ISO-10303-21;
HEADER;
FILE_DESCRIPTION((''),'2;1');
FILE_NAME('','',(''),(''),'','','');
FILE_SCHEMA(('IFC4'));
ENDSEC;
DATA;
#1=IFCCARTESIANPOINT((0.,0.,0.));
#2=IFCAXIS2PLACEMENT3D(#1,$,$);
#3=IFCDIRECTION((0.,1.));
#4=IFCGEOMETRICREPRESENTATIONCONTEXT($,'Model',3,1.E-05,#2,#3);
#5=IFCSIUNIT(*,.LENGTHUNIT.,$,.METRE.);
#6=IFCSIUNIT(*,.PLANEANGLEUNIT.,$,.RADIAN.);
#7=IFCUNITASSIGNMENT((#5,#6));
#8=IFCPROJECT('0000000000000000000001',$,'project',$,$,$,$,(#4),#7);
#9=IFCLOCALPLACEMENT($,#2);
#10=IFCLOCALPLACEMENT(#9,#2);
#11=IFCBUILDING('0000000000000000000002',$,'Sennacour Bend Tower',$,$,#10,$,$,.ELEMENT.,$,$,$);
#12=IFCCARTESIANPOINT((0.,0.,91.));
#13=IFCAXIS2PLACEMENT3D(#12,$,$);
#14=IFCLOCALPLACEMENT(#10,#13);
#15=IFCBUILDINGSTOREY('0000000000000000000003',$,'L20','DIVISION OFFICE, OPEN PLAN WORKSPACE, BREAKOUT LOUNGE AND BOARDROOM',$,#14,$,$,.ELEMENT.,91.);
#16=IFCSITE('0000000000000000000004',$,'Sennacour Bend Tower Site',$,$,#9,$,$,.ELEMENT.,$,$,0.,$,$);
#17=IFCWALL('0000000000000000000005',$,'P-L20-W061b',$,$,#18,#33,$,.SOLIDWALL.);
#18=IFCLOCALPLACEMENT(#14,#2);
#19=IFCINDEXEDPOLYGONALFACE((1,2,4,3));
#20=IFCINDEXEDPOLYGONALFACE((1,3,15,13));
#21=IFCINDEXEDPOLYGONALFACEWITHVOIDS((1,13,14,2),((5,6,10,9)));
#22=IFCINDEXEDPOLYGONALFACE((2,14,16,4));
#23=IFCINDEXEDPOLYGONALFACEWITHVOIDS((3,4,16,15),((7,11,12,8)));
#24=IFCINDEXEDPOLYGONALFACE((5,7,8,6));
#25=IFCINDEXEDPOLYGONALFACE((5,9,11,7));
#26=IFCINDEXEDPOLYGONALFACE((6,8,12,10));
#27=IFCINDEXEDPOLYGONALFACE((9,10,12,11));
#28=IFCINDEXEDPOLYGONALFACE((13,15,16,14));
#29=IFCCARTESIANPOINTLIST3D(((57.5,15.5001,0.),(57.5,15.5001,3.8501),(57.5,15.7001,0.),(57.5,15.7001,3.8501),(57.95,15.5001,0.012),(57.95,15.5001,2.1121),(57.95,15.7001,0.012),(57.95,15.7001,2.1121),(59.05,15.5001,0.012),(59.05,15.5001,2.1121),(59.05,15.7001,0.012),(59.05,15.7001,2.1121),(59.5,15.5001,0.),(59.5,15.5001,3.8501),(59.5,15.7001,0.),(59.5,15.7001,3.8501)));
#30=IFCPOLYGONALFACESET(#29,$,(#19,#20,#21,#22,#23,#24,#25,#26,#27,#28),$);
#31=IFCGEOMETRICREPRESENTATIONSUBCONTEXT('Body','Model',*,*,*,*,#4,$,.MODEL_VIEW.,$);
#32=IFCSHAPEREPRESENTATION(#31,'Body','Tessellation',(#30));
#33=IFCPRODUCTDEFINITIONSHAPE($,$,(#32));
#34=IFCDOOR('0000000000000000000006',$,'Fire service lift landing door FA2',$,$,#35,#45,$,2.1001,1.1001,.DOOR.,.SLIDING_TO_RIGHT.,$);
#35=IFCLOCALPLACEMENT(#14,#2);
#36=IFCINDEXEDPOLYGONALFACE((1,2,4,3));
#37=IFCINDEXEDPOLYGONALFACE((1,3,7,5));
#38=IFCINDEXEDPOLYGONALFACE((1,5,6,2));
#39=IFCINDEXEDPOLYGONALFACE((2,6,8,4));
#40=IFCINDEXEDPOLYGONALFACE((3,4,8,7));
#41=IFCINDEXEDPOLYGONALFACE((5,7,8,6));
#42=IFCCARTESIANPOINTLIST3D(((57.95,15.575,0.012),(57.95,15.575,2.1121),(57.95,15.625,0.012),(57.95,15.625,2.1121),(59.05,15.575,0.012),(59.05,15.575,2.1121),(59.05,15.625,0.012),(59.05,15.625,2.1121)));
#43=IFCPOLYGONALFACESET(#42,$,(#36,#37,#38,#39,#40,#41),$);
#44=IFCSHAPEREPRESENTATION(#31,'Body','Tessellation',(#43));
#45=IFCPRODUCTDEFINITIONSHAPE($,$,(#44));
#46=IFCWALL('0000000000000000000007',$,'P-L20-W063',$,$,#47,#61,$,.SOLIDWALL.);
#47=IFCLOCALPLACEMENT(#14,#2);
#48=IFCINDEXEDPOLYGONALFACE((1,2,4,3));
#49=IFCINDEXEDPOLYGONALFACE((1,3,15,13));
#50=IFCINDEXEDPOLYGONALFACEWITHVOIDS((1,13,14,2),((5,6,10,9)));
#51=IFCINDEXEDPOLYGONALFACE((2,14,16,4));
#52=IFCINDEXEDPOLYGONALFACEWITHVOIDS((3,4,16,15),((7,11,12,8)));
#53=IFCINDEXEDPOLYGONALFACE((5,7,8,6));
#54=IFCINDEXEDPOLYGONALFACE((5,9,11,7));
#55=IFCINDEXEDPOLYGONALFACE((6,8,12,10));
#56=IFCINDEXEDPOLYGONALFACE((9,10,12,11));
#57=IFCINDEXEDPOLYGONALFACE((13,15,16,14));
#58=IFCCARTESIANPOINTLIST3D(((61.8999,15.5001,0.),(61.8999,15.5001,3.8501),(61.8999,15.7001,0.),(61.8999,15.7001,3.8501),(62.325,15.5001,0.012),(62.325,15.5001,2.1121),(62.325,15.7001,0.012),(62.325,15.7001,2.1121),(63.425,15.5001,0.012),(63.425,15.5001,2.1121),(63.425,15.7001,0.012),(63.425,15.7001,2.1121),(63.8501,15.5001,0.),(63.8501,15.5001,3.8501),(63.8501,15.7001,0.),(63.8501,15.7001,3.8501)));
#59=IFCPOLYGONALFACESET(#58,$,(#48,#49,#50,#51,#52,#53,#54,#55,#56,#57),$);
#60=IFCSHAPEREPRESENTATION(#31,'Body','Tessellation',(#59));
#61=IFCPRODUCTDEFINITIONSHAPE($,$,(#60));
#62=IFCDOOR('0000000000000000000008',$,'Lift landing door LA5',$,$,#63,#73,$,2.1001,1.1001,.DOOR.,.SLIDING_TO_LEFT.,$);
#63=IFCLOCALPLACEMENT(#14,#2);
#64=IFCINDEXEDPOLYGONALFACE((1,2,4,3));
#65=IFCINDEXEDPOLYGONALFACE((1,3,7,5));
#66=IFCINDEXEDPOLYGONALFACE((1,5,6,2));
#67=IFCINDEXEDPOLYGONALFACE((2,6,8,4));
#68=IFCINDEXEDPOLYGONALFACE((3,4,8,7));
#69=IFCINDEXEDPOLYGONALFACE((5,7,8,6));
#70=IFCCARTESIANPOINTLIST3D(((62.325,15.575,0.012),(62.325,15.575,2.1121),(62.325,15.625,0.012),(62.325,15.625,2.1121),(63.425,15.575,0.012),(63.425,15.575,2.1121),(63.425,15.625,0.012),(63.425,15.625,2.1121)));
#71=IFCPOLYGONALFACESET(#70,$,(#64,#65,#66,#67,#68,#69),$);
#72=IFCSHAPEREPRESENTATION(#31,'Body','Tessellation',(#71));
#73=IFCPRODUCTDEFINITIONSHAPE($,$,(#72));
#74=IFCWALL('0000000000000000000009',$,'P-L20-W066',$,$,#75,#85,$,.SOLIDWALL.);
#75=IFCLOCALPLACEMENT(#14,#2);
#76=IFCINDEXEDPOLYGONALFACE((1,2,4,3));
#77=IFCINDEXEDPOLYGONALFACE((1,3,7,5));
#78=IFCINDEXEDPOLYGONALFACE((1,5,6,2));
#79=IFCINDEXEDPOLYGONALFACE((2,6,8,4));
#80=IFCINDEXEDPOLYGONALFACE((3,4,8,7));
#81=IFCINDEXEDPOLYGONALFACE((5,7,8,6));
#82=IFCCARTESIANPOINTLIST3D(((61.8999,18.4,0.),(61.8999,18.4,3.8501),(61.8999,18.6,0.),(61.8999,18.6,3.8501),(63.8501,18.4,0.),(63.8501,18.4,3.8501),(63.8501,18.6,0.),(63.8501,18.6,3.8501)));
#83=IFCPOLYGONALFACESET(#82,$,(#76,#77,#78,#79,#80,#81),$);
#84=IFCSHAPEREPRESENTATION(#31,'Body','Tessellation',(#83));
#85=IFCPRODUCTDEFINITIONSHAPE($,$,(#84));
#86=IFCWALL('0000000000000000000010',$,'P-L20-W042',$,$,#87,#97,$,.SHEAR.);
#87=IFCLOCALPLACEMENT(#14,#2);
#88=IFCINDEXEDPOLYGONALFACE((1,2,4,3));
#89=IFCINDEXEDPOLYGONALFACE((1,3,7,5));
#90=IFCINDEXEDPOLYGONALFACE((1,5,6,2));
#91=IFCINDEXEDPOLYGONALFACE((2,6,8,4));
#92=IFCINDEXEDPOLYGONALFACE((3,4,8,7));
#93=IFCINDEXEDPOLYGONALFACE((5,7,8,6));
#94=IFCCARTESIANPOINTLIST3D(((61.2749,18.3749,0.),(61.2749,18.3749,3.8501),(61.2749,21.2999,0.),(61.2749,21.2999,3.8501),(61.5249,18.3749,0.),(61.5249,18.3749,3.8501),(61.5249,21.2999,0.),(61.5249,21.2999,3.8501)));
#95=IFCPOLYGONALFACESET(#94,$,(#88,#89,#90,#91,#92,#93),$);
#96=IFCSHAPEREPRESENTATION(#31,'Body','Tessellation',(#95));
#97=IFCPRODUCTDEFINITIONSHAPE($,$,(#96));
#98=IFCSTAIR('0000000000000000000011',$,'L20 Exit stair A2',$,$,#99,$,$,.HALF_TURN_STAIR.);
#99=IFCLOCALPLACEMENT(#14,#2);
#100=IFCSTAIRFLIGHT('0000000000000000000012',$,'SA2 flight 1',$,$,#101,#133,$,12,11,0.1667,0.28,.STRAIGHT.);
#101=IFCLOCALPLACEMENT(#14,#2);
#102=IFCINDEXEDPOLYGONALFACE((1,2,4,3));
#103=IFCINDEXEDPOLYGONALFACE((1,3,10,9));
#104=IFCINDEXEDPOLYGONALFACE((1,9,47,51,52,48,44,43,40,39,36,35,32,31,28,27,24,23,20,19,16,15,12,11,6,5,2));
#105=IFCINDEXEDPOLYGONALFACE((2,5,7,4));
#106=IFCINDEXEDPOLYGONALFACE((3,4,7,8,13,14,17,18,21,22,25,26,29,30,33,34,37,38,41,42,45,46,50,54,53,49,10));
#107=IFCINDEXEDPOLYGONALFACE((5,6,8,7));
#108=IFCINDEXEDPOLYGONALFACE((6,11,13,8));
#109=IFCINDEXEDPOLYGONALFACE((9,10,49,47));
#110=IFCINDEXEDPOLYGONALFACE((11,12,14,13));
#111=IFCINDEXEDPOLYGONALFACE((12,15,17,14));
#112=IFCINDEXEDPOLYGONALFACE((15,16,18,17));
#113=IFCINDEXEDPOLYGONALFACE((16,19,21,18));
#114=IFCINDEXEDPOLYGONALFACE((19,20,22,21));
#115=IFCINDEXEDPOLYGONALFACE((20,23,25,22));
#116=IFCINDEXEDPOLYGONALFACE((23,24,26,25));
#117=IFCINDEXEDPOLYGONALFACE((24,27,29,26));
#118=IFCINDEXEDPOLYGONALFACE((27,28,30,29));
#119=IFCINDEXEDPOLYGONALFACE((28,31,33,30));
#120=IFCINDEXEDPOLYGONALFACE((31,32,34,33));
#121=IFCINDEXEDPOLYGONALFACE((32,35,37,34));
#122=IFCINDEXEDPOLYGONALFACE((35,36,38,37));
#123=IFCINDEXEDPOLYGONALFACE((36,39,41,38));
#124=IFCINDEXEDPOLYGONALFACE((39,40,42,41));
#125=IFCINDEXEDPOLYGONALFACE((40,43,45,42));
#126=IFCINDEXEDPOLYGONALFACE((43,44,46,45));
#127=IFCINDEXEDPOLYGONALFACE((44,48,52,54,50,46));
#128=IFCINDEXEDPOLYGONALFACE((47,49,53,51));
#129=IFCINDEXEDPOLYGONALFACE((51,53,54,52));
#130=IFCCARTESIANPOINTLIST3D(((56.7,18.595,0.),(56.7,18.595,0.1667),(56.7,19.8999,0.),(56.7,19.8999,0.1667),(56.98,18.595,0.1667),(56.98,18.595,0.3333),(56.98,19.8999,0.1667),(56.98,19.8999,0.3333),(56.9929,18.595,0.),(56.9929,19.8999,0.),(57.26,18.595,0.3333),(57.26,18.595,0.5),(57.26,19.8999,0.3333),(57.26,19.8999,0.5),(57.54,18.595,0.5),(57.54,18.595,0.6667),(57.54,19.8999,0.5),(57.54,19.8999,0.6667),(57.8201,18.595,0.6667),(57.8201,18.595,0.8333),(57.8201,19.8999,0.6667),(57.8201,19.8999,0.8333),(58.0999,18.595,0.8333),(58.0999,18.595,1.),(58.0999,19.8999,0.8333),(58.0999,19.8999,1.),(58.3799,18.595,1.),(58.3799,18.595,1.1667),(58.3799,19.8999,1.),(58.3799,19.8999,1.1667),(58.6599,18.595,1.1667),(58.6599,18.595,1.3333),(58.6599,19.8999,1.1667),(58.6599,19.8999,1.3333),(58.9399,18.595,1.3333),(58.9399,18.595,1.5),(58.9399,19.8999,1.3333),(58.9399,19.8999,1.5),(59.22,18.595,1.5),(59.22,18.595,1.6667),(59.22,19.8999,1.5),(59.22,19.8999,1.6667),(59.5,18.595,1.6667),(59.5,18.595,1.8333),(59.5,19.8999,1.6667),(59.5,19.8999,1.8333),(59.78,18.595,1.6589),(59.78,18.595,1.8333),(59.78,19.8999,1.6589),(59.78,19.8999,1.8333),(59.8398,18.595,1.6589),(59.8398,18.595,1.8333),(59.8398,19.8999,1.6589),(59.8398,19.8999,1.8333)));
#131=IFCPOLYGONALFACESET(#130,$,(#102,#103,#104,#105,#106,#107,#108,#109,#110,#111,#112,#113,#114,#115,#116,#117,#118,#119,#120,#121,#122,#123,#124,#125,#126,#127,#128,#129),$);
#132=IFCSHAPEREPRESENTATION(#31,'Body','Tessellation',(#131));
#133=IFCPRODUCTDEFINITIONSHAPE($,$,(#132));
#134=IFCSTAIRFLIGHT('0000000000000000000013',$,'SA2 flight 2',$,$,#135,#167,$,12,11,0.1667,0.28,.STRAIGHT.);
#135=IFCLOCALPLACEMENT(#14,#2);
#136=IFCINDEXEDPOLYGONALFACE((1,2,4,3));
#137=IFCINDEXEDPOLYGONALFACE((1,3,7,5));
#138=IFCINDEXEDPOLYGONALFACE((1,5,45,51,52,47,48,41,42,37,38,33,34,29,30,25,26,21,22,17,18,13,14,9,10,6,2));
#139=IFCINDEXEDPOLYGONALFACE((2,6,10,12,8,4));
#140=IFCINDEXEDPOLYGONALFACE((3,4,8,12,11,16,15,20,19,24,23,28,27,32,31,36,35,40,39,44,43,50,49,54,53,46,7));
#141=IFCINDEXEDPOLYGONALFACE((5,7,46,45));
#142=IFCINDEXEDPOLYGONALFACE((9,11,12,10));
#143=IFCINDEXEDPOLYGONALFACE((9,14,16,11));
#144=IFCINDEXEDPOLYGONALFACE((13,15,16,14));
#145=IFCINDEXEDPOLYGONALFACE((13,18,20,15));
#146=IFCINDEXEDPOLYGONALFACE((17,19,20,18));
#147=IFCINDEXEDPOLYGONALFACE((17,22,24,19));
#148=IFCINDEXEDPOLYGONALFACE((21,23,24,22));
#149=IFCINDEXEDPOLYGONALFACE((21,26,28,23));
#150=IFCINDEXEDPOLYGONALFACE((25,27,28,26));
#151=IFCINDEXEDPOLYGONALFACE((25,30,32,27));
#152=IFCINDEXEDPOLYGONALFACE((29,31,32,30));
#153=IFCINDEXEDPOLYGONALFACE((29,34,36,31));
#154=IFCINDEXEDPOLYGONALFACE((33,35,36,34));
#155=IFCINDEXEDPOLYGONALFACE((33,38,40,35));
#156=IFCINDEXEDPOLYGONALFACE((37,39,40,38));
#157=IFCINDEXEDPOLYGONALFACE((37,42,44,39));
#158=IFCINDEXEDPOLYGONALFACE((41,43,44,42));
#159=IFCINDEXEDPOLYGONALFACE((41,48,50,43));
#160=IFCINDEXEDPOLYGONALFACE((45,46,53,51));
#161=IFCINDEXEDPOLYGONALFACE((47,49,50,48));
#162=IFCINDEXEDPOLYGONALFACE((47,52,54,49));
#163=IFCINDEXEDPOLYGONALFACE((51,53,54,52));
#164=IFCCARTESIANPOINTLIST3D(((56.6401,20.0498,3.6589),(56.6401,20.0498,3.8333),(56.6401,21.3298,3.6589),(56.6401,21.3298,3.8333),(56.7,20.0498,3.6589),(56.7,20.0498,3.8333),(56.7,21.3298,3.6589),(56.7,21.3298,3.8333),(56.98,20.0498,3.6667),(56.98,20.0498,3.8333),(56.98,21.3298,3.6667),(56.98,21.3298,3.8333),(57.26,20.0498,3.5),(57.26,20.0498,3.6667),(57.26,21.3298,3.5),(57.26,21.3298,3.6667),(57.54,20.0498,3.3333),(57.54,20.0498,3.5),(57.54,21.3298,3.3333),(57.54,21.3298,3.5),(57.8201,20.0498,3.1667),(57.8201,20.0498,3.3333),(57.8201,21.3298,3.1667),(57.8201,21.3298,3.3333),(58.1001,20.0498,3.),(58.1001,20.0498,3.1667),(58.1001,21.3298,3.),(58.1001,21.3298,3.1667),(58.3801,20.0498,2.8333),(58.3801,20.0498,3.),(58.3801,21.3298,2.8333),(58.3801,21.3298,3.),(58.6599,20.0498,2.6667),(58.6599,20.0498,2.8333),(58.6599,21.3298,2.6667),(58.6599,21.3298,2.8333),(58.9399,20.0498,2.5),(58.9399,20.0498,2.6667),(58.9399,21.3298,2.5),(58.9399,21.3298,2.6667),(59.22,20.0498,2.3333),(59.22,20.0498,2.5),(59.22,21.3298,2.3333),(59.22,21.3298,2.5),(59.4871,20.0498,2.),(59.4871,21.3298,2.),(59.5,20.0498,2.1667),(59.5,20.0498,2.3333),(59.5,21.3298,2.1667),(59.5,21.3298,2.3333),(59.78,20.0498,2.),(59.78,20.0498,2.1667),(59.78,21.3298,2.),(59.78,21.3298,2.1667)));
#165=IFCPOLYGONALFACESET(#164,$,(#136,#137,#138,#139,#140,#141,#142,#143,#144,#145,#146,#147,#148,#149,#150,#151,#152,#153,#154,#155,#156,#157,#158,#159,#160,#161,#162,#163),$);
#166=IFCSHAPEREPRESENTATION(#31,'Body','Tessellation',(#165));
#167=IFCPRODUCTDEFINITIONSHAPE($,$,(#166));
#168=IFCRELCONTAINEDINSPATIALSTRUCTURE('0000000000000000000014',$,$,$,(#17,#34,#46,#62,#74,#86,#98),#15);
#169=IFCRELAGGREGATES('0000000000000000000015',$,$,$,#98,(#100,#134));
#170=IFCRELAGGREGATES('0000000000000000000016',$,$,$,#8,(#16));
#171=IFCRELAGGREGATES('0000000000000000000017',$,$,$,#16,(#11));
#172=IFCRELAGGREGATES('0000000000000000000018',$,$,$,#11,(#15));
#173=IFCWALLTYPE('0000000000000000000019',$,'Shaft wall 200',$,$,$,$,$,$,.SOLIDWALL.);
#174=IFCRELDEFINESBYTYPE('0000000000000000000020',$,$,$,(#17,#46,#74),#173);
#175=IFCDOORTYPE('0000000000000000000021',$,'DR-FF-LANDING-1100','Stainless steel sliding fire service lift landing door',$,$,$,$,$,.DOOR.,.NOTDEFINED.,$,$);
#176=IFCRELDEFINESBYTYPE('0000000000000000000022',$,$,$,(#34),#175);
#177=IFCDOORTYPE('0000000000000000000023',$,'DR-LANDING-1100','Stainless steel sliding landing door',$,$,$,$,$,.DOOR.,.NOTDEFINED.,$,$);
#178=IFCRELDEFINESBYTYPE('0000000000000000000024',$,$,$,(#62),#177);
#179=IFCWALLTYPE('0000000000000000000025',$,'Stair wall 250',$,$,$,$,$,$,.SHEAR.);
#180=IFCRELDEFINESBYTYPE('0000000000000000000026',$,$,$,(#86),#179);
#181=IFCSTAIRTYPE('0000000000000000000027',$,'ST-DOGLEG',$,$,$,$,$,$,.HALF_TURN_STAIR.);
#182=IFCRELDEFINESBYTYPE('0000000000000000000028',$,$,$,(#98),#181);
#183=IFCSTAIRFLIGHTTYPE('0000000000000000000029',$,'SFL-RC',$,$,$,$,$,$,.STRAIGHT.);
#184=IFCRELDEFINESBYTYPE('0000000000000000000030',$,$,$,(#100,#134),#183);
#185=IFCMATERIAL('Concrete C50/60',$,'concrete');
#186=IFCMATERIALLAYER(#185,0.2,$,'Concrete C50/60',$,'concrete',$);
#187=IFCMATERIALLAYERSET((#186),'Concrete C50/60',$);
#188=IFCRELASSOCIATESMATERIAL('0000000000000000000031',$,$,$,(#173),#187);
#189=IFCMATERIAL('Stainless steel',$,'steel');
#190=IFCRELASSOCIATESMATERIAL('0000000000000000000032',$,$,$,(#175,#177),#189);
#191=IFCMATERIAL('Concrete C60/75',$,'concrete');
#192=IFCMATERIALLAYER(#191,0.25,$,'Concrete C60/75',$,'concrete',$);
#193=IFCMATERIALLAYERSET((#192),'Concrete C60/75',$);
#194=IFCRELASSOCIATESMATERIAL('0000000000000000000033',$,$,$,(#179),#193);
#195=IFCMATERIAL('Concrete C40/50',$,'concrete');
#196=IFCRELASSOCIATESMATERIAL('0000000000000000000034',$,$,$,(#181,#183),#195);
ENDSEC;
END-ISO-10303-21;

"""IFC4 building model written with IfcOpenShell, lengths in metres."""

from ifc_helpers import new_model, si_unit, direction, frame, frame_2d, origin, place, context, subcontext, project, spatial, polyline, rectangle, outline, extrude, material, layer, layer_set, type_object, element, fill, aggregate, save


model = new_model("IFC4")

# Units and contexts
model_context = context("Model", 3, precision=1e-05, world=origin(), true_north=direction((0.0, 1.0)))
body_context = subcontext(model_context, "Body", "Model", "MODEL_VIEW")
ifc_project = project(units=[si_unit("LENGTHUNIT", "METRE"), si_unit("PLANEANGLEUNIT", "RADIAN")], contexts=[model_context])

# Site, building, storey
site_placement = place(None, origin())
site = spatial("IfcSite", under=ifc_project, at=site_placement, Name="Sennacour Bend Tower Site", CompositionType="ELEMENT", RefElevation=0.0)
building_placement = place(site_placement, origin())
building = spatial("IfcBuilding", under=site, at=building_placement, Name="Sennacour Bend Tower", CompositionType="ELEMENT")
storey_placement = place(building_placement, frame((0.0, 0.0, 91.0)))
storey = spatial("IfcBuildingStorey", under=building, at=storey_placement, Name="L20", Description="DIVISION OFFICE, OPEN PLAN WORKSPACE, BREAKOUT LOUNGE AND BOARDROOM", CompositionType="ELEMENT", Elevation=91.0)

# Shared definitions
ifc_material_1 = material(Name="Concrete C50/60", Category="concrete")
ifc_layer_1 = layer(ifc_material_1, 0.2, Name="Concrete C50/60", Category="concrete")
ifc_layer_set_1 = layer_set([ifc_layer_1], Name="Concrete C50/60")
wall_type_1 = type_object("IfcWallType", Name="Shaft wall 200", PredefinedType="SOLIDWALL", material=ifc_layer_set_1)

# Walls, openings, doors
wall_1_placement = place(storey_placement, frame((57.5, 15.6001, 0.0), z_axis=(0.0, 0.0, 1.0), x_axis=(1.0, 0.0, 0.0)))
wall_1 = element("IfcWall", 1, at=wall_1_placement, inside=storey, type_object=wall_type_1, Name="P-L20-W061b", PredefinedType="SOLIDWALL", context=body_context, shape_type="SweptSolid", body=[
    extrude(rectangle(XDim=2.0, YDim=0.2, at=frame_2d((1.0, 0.0))), origin(), (0.0, 0.0, 1.0), 3.8501),
])
opening_1_placement = place(wall_1_placement, frame((0.45, 0.0, 0.012)))
opening_1 = element("IfcOpeningElement", 2, at=opening_1_placement, cuts=wall_1, PredefinedType="OPENING", context=body_context, shape_type="SweptSolid", body=[
    extrude(rectangle(XDim=1.1001, YDim=2.1001, at=frame_2d((0.55, 1.05))), frame((0.0, 0.1099, 0.0), z_axis=(0.0, -1.0, 0.0), x_axis=(1.0, 0.0, 0.0)), (0.0, 0.0, 1.0), 0.22),
])
ifc_material_2 = material(Name="Stainless steel", Category="steel")
door_type_1 = type_object("IfcDoorType", Name="DR-FF-LANDING-1100", Description="Stainless steel sliding fire service lift landing door", OperationType="NOTDEFINED", PredefinedType="DOOR", material=ifc_material_2)
door_1_placement = place(opening_1_placement, origin())
door_1 = element("IfcDoor", 3, at=door_1_placement, inside=storey, type_object=door_type_1, Name="Fire service lift landing door FA2", OperationType="SLIDING_TO_RIGHT", OverallHeight=2.1001, OverallWidth=1.1001, PredefinedType="DOOR", context=body_context, shape_type="SweptSolid", body=[
    extrude(rectangle(XDim=1.1001, YDim=2.1001, at=frame_2d((0.55, 1.05))), frame((0.0, 0.0249, 0.0), z_axis=(0.0, -1.0, 0.0), x_axis=(1.0, 0.0, 0.0)), (0.0, 0.0, 1.0), 0.05),
])
fill(opening_1, door_1)
wall_2_placement = place(storey_placement, frame((61.8999, 15.6001, 0.0), z_axis=(0.0, 0.0, 1.0), x_axis=(1.0, 0.0, 0.0)))
wall_2 = element("IfcWall", 4, at=wall_2_placement, inside=storey, type_object=wall_type_1, Name="P-L20-W063", PredefinedType="SOLIDWALL", context=body_context, shape_type="SweptSolid", body=[
    extrude(rectangle(XDim=1.9502, YDim=0.2, at=frame_2d((0.9751, 0.0))), origin(), (0.0, 0.0, 1.0), 3.8501),
])
opening_2_placement = place(wall_2_placement, frame((0.425, 0.0, 0.012)))
opening_2 = element("IfcOpeningElement", 5, at=opening_2_placement, cuts=wall_2, PredefinedType="OPENING", context=body_context, shape_type="SweptSolid", body=[
    extrude(rectangle(XDim=1.1001, YDim=2.1001, at=frame_2d((0.55, 1.05))), frame((0.0, 0.1099, 0.0), z_axis=(0.0, -1.0, 0.0), x_axis=(1.0, 0.0, 0.0)), (0.0, 0.0, 1.0), 0.22),
])
door_type_2 = type_object("IfcDoorType", Name="DR-LANDING-1100", Description="Stainless steel sliding landing door", OperationType="NOTDEFINED", PredefinedType="DOOR", material=ifc_material_2)
door_2_placement = place(opening_2_placement, origin())
door_2 = element("IfcDoor", 6, at=door_2_placement, inside=storey, type_object=door_type_2, Name="Lift landing door LA5", OperationType="SLIDING_TO_LEFT", OverallHeight=2.1001, OverallWidth=1.1001, PredefinedType="DOOR", context=body_context, shape_type="SweptSolid", body=[
    extrude(rectangle(XDim=1.1001, YDim=2.1001, at=frame_2d((0.55, 1.05))), frame((0.0, 0.0249, 0.0), z_axis=(0.0, -1.0, 0.0), x_axis=(1.0, 0.0, 0.0)), (0.0, 0.0, 1.0), 0.05),
])
fill(opening_2, door_2)

# Walls
wall_3_placement = place(storey_placement, frame((61.8999, 18.5, 0.0), z_axis=(0.0, 0.0, 1.0), x_axis=(1.0, 0.0, 0.0)))
element("IfcWall", 7, at=wall_3_placement, inside=storey, type_object=wall_type_1, Name="P-L20-W066", PredefinedType="SOLIDWALL", context=body_context, shape_type="SweptSolid", body=[
    extrude(rectangle(XDim=1.9502, YDim=0.2, at=frame_2d((0.9751, 0.0))), origin(), (0.0, 0.0, 1.0), 3.8501),
])
ifc_material_3 = material(Name="Concrete C60/75", Category="concrete")
ifc_layer_2 = layer(ifc_material_3, 0.25, Name="Concrete C60/75", Category="concrete")
ifc_layer_set_2 = layer_set([ifc_layer_2], Name="Concrete C60/75")
wall_type_2 = type_object("IfcWallType", Name="Stair wall 250", PredefinedType="SHEAR", material=ifc_layer_set_2)
wall_4_placement = place(storey_placement, frame((61.3999, 18.375, 0.0), z_axis=(0.0, 0.0, 1.0), x_axis=(0.0, 1.0, 0.0)))
element("IfcWall", 8, at=wall_4_placement, inside=storey, type_object=wall_type_2, Name="P-L20-W042", PredefinedType="SHEAR", context=body_context, shape_type="SweptSolid", body=[
    extrude(rectangle(XDim=2.925, YDim=0.25, at=frame_2d((1.4624, 0.0))), origin(), (0.0, 0.0, 1.0), 3.8501),
])

# Stair, stair flights
ifc_material_4 = material(Name="Concrete C40/50", Category="concrete")
stair_type = type_object("IfcStairType", Name="ST-DOGLEG", PredefinedType="HALF_TURN_STAIR", material=ifc_material_4)
stair_placement = place(storey_placement, origin())
stair = element("IfcStair", 9, at=stair_placement, inside=storey, type_object=stair_type, Name="L20 Exit stair A2", PredefinedType="HALF_TURN_STAIR")
stair_flight_type = type_object("IfcStairFlightType", Name="SFL-RC", PredefinedType="STRAIGHT", material=ifc_material_4)
stair_flight_1_placement = place(storey_placement, frame((56.7, 19.2476, 0.0), z_axis=(0.0, 0.0, 1.0), x_axis=(1.0, 0.0, 0.0)))
stair_flight_1 = element("IfcStairFlight", 10, at=stair_flight_1_placement, type_object=stair_flight_type, Name="SA2 flight 1", NumberOfRisers=12, NumberOfTreads=11, PredefinedType="STRAIGHT", RiserHeight=0.1667, TreadLength=0.28, context=body_context, shape_type="SweptSolid", body=[
    extrude(outline(polyline([(0.0, 0.0), (0.0, 0.1667), (0.28, 0.1667), (0.28, 0.3333), (0.5601, 0.3333), (0.5601, 0.5), (0.8401, 0.5), (0.8401, 0.6667), (1.1201, 0.6667), (1.1201, 0.8333), (1.3999, 0.8333), (1.3999, 1.0), (1.6799, 1.0), (1.6799, 1.1667), (1.96, 1.1667), (1.96, 1.3333), (2.24, 1.3333), (2.24, 1.5), (2.52, 1.5), (2.52, 1.6667), (2.8, 1.6667), (2.8, 1.8333), (3.0801, 1.8333), (3.1399, 1.8333), (3.1399, 1.6589), (3.0801, 1.6589), (0.293, 0.0), (0.0, 0.0)])), frame((0.0, 0.6523, 0.0), z_axis=(0.0, -1.0, 0.0), x_axis=(1.0, 0.0, 0.0)), (0.0, 0.0, 1.0), 1.3049),
])
stair_flight_2_placement = place(storey_placement, frame((59.78, 20.6899, 2.0), z_axis=(0.0, 0.0, 1.0), x_axis=(-1.0, 0.0, 0.0)))
stair_flight_2 = element("IfcStairFlight", 11, at=stair_flight_2_placement, type_object=stair_flight_type, Name="SA2 flight 2", NumberOfRisers=12, NumberOfTreads=11, PredefinedType="STRAIGHT", RiserHeight=0.1667, TreadLength=0.28, context=body_context, shape_type="SweptSolid", body=[
    extrude(outline(polyline([(0.0, 0.0), (0.0, 0.1667), (0.28, 0.1667), (0.28, 0.3333), (0.5601, 0.3333), (0.5601, 0.5), (0.8401, 0.5), (0.8401, 0.6667), (1.1201, 0.6667), (1.1201, 0.8333), (1.3999, 0.8333), (1.3999, 1.0), (1.6799, 1.0), (1.6799, 1.1667), (1.96, 1.1667), (1.96, 1.3333), (2.24, 1.3333), (2.24, 1.5), (2.52, 1.5), (2.52, 1.6667), (2.8, 1.6667), (2.8, 1.8333), (3.0801, 1.8333), (3.1399, 1.8333), (3.1399, 1.6589), (3.0801, 1.6589), (0.293, 0.0), (0.0, 0.0)])), frame((0.0, 0.6401, 0.0), z_axis=(0.0, -1.0, 0.0), x_axis=(1.0, 0.0, 0.0)), (0.0, 0.0, 1.0), 1.28),
])
aggregate(stair, [stair_flight_1, stair_flight_2])

save(model, "model.ifc")
